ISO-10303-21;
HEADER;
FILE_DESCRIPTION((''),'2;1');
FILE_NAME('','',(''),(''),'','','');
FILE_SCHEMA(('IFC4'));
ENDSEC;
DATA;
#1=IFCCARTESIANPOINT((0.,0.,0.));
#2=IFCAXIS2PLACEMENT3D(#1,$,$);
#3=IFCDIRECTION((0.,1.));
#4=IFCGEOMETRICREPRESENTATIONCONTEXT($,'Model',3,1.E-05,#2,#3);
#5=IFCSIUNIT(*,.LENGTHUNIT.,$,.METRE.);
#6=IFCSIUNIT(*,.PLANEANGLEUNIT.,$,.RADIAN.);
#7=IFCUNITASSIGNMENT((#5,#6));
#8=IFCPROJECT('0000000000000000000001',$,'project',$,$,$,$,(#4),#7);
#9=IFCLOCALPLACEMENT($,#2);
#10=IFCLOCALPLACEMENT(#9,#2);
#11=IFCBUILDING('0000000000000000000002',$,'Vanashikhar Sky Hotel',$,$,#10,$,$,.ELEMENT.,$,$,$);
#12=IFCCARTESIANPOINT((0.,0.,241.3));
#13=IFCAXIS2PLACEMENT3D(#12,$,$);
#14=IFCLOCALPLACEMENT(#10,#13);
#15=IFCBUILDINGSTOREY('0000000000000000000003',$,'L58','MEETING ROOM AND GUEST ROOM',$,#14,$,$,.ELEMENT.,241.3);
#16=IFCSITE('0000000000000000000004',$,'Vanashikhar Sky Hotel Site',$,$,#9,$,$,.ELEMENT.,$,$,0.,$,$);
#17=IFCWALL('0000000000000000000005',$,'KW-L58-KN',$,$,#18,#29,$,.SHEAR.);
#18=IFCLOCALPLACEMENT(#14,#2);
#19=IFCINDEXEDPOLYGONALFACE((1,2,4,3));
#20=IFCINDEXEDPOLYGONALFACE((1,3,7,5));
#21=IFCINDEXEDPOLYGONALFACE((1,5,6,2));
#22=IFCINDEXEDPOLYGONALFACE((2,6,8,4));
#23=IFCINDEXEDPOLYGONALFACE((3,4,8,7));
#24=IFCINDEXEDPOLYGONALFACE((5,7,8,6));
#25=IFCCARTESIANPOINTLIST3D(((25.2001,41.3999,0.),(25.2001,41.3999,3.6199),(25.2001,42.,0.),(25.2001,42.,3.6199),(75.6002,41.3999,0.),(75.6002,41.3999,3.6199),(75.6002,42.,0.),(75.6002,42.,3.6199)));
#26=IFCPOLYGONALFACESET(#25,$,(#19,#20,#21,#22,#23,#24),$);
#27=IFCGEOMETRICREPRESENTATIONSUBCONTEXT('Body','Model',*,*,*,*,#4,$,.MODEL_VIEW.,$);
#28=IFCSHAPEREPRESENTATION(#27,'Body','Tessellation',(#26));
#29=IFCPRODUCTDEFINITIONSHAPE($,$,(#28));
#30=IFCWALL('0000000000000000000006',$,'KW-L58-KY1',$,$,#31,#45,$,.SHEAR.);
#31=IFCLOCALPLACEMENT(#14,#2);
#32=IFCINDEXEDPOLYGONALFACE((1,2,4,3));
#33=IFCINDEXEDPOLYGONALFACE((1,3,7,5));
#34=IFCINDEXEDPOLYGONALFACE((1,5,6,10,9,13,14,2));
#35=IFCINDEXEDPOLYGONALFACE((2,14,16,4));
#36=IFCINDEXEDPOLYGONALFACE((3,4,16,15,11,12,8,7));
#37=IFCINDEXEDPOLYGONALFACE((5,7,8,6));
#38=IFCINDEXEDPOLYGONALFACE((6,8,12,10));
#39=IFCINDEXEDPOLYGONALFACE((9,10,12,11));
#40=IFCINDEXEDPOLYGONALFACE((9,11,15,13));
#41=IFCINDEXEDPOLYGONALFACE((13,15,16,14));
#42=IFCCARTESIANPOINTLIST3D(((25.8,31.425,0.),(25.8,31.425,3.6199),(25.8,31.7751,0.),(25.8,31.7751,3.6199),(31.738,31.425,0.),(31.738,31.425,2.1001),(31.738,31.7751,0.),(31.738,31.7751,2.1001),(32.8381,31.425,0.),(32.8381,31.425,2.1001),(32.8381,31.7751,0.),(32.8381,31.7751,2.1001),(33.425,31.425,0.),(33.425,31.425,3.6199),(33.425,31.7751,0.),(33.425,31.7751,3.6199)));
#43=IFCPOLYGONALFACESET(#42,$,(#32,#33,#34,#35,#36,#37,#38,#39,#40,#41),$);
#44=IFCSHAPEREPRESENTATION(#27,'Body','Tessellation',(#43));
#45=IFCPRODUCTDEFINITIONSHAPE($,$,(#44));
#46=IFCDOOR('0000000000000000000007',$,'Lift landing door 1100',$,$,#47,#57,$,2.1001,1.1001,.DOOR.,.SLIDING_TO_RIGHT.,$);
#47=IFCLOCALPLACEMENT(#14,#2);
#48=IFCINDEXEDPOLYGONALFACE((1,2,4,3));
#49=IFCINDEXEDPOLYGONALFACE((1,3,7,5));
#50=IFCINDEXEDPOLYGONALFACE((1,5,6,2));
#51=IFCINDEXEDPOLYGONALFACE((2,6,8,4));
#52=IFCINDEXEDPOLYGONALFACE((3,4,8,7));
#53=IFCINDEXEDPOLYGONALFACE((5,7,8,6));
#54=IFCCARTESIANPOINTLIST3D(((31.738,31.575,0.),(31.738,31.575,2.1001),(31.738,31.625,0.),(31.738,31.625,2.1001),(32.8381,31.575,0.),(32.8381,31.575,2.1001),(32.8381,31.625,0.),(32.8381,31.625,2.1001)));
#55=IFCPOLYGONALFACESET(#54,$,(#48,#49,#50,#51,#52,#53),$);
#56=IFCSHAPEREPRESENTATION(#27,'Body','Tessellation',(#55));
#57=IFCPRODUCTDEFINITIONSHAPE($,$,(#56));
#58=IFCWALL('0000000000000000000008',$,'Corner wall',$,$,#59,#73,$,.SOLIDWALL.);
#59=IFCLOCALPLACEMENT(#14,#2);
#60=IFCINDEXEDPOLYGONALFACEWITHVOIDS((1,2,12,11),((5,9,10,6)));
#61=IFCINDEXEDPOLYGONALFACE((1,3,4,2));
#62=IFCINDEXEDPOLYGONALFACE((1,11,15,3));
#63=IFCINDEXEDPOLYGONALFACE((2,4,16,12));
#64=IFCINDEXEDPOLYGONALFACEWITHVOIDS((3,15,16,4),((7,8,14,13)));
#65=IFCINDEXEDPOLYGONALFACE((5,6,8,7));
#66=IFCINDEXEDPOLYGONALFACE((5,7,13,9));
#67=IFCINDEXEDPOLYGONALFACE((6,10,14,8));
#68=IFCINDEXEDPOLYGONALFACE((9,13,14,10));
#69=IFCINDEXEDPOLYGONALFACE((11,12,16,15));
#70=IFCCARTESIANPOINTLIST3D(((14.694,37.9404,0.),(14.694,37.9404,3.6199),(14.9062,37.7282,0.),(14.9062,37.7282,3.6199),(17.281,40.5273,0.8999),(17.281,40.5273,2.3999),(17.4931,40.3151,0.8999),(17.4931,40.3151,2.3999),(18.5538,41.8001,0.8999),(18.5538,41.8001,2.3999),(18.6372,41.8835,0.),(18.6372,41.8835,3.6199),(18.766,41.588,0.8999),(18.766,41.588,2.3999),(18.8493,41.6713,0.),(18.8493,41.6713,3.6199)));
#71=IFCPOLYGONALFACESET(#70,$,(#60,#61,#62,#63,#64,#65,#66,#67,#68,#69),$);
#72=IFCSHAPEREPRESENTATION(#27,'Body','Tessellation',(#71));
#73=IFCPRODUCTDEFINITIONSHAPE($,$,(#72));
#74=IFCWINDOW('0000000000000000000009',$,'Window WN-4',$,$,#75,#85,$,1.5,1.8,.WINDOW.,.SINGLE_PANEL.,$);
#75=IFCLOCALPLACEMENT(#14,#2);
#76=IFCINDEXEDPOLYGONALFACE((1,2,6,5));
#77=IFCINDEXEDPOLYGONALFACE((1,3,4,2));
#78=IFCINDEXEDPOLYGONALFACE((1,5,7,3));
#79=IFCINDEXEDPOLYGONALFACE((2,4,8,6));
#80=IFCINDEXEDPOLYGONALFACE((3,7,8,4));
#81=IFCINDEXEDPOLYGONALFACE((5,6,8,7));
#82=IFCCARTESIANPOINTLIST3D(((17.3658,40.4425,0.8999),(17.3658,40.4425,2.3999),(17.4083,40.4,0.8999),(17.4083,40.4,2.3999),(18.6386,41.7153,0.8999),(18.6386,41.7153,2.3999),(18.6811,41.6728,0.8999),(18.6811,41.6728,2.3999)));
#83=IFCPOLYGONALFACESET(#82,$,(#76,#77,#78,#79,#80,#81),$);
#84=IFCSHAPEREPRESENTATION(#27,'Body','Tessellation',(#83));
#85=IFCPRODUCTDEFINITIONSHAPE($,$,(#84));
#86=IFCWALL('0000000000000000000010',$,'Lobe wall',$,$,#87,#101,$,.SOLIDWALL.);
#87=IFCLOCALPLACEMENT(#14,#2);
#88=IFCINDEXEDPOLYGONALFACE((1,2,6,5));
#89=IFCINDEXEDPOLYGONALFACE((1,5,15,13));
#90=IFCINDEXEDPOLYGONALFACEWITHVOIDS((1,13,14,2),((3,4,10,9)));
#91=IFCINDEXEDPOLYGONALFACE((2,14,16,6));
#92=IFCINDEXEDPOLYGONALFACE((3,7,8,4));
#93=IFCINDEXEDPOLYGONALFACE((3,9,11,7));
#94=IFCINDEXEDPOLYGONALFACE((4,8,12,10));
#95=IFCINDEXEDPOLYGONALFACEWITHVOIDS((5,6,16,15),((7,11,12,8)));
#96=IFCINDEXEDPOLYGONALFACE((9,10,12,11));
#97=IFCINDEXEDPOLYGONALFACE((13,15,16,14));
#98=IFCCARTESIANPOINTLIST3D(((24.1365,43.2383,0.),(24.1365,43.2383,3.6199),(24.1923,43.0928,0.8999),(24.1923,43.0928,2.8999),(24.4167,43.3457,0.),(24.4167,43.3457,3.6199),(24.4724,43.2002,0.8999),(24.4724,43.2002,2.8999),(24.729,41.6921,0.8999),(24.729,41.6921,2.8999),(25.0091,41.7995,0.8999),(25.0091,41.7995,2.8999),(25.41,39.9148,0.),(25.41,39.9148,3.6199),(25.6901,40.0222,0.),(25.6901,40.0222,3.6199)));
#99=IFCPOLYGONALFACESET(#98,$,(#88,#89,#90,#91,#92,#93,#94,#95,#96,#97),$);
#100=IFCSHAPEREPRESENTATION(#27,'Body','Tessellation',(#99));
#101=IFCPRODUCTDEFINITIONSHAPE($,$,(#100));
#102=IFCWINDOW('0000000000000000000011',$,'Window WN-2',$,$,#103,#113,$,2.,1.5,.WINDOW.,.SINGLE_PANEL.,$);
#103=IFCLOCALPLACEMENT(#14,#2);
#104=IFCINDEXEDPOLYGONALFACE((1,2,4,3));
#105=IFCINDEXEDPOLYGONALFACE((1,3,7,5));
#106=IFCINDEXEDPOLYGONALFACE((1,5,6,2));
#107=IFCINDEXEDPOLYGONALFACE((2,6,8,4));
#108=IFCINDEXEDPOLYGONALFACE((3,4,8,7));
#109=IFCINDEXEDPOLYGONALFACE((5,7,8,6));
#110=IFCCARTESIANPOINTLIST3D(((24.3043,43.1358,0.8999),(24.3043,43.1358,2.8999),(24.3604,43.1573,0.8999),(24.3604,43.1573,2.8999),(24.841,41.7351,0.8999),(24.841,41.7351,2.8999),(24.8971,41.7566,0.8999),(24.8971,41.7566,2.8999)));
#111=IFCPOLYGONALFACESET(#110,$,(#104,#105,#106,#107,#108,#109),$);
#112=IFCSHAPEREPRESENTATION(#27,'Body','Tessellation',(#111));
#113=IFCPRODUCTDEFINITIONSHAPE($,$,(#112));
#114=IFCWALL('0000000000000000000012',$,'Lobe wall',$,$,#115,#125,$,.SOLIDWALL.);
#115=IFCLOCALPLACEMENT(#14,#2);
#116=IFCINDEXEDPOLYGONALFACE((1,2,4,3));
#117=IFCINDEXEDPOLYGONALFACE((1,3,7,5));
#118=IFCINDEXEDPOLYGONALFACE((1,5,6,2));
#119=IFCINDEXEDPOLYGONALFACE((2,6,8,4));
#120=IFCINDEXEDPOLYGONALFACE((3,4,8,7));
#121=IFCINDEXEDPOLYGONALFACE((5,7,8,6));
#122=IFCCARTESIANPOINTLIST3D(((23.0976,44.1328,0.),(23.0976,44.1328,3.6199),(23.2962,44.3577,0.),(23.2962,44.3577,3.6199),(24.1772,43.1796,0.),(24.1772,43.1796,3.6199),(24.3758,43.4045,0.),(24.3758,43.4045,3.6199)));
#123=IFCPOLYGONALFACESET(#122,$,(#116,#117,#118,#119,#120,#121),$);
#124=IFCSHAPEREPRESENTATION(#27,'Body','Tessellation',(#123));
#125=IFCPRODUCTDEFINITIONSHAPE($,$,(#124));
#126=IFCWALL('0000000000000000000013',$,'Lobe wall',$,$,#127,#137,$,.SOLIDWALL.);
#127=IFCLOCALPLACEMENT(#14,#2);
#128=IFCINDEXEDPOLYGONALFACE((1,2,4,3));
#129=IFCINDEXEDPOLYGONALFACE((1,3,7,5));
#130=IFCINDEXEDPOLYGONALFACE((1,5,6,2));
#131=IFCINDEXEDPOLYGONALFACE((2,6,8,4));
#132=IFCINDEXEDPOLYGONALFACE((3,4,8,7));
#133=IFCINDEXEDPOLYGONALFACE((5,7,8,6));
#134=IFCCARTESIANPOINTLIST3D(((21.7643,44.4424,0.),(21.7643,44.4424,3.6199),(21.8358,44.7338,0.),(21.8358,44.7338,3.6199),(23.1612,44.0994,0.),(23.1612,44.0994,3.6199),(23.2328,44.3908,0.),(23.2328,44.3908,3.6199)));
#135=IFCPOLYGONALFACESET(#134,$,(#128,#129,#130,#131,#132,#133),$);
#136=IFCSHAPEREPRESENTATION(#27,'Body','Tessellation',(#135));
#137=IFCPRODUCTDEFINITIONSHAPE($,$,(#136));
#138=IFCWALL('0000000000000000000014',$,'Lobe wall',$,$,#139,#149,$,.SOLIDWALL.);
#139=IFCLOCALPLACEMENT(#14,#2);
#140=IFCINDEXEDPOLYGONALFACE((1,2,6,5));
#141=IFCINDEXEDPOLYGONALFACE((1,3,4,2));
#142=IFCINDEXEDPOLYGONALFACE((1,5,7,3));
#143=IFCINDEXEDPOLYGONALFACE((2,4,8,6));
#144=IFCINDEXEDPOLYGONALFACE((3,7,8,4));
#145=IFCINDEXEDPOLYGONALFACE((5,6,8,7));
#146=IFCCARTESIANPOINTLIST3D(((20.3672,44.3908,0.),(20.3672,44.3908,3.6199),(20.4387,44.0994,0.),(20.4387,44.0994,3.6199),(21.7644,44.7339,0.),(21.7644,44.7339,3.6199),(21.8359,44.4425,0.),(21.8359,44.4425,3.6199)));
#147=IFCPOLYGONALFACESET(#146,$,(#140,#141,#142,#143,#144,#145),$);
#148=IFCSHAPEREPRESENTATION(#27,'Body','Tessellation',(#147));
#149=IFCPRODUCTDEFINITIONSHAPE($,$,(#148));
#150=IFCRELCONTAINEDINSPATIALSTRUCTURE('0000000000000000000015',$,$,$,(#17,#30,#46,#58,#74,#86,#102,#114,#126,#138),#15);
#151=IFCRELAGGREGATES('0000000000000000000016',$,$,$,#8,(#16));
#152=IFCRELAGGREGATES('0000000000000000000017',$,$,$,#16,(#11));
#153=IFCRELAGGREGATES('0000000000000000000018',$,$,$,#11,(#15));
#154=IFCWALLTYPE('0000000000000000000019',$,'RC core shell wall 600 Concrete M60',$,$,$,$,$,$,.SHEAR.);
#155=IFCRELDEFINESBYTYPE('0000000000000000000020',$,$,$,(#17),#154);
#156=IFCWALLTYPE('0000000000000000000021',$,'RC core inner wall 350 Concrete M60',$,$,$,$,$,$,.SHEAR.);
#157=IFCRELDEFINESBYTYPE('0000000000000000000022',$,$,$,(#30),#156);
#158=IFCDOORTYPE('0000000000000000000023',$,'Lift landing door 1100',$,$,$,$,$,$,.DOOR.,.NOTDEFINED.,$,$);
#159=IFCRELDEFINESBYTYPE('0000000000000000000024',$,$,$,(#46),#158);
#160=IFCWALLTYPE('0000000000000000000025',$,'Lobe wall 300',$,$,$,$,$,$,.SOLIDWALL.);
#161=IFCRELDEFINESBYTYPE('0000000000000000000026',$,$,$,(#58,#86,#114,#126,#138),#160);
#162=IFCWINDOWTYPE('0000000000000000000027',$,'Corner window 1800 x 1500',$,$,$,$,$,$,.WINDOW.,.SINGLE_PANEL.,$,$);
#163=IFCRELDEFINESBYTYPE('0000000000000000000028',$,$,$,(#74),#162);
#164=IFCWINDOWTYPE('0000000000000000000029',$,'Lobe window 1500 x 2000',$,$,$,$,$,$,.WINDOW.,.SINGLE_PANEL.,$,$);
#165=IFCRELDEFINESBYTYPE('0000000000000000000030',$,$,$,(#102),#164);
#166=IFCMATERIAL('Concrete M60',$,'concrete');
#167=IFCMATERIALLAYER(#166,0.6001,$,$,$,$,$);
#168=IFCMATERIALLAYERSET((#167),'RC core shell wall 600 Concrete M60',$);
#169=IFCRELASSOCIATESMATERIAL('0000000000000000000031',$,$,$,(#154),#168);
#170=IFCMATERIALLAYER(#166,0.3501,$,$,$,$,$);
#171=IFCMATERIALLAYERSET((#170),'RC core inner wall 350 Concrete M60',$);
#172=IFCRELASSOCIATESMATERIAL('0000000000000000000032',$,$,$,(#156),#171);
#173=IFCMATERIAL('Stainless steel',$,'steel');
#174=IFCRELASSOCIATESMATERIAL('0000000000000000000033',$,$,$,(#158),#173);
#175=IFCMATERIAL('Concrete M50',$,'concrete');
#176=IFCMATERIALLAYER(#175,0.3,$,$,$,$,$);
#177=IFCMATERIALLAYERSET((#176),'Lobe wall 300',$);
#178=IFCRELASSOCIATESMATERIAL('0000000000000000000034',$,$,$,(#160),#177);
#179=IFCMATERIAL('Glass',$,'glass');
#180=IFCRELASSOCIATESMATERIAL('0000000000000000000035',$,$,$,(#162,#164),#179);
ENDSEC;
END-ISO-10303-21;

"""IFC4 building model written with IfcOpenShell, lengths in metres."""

from ifc_helpers import new_model, si_unit, direction, frame, frame_2d, origin, place, context, subcontext, project, spatial, rectangle, extrude, source, transform, mapped, material, layer, layer_set, type_object, element, fill, save


model = new_model("IFC4")

# Units and contexts
model_context = context("Model", 3, precision=1e-05, world=origin(), true_north=direction((0.0, 1.0)))
body_context = subcontext(model_context, "Body", "Model", "MODEL_VIEW")
ifc_project = project(units=[si_unit("LENGTHUNIT", "METRE"), si_unit("PLANEANGLEUNIT", "RADIAN")], contexts=[model_context])

# Site, building, storey
site_placement = place(None, origin())
site = spatial("IfcSite", under=ifc_project, at=site_placement, Name="Vanashikhar Sky Hotel Site", CompositionType="ELEMENT", RefElevation=0.0)
building_placement = place(site_placement, origin())
building = spatial("IfcBuilding", under=site, at=building_placement, Name="Vanashikhar Sky Hotel", CompositionType="ELEMENT")
storey_placement = place(building_placement, frame((0.0, 0.0, 241.3)))
storey = spatial("IfcBuildingStorey", under=building, at=storey_placement, Name="L58", Description="MEETING ROOM AND GUEST ROOM", CompositionType="ELEMENT", Elevation=241.3)

# Wall
ifc_material_1 = material(Name="Concrete M60", Category="concrete")
ifc_layer_1 = layer(ifc_material_1, 0.6001)
ifc_layer_set_1 = layer_set([ifc_layer_1], Name="RC core shell wall 600 Concrete M60")
wall_type_1 = type_object("IfcWallType", Name="RC core shell wall 600 Concrete M60", PredefinedType="SHEAR", material=ifc_layer_set_1)
shared_shape_1 = source(origin(), body_context, "Body", "SweptSolid", [
    extrude(rectangle(XDim=50.4001, YDim=0.6001, at=frame_2d((25.2002, 0.0))), origin(), (0.0, 0.0, 1.0), 3.6199),
])
wall_1_placement = place(storey_placement, frame((25.2, 41.7, 0.0), z_axis=(0.0, 0.0, 1.0), x_axis=(1.0, 0.0, 0.0)))
element("IfcWall", 1, at=wall_1_placement, inside=storey, type_object=wall_type_1, Name="KW-L58-KN", PredefinedType="SHEAR", context=body_context, shape_type="MappedRepresentation", body=[
    mapped(shared_shape_1, transform((0.0, 0.0, 0.0), scale=1.0)),
])

# Wall, opening, door
ifc_layer_2 = layer(ifc_material_1, 0.3501)
ifc_layer_set_2 = layer_set([ifc_layer_2], Name="RC core inner wall 350 Concrete M60")
wall_type_2 = type_object("IfcWallType", Name="RC core inner wall 350 Concrete M60", PredefinedType="SHEAR", material=ifc_layer_set_2)
shared_shape_2 = source(origin(), body_context, "Body", "SweptSolid", [
    extrude(rectangle(XDim=7.625, YDim=0.3501, at=frame_2d((3.8125, 0.0))), origin(), (0.0, 0.0, 1.0), 3.6199),
])
wall_2_placement = place(storey_placement, frame((25.8, 31.6001, 0.0), z_axis=(0.0, 0.0, 1.0), x_axis=(1.0, 0.0, 0.0)))
wall_2 = element("IfcWall", 2, at=wall_2_placement, inside=storey, type_object=wall_type_2, Name="KW-L58-KY1", PredefinedType="SHEAR", context=body_context, shape_type="MappedRepresentation", body=[
    mapped(shared_shape_2, transform((0.0, 0.0, 0.0), scale=1.0)),
])
shared_shape_3 = source(origin(), body_context, "Body", "SweptSolid", [
    extrude(rectangle(XDim=1.1001, YDim=2.1001, at=frame_2d((0.55, 1.05))), frame((0.0, 0.1851, 0.0), z_axis=(0.0, -1.0, 0.0), x_axis=(1.0, 0.0, 0.0)), (0.0, 0.0, 1.0), 0.3701),
])
opening_1_placement = place(wall_2_placement, frame((5.938, 0.0, 0.0)))
opening_1 = element("IfcOpeningElement", 3, at=opening_1_placement, cuts=wall_2, PredefinedType="OPENING", context=body_context, shape_type="MappedRepresentation", body=[
    mapped(shared_shape_3, transform((0.0, 0.0, 0.0), scale=1.0)),
])
ifc_material_2 = material(Name="Stainless steel", Category="steel")
door_type_1 = type_object("IfcDoorType", Name="Lift landing door 1100", OperationType="NOTDEFINED", PredefinedType="DOOR", material=ifc_material_2)
shared_shape_4 = source(origin(), body_context, "Body", "SweptSolid", [
    extrude(rectangle(XDim=1.1001, YDim=2.1001, at=frame_2d((0.55, 1.05))), frame((0.0, 0.0249, 0.0), z_axis=(0.0, -1.0, 0.0), x_axis=(1.0, 0.0, 0.0)), (0.0, 0.0, 1.0), 0.05),
])
door_1_placement = place(opening_1_placement, origin())
door_1 = element("IfcDoor", 4, at=door_1_placement, inside=storey, type_object=door_type_1, Name="Lift landing door 1100", OperationType="SLIDING_TO_RIGHT", OverallHeight=2.1001, OverallWidth=1.1001, PredefinedType="DOOR", context=body_context, shape_type="MappedRepresentation", body=[
    mapped(shared_shape_4, transform((0.0, 0.0, 0.0), scale=1.0)),
])
fill(opening_1, door_1)

# Walls, openings, windows
ifc_material_3 = material(Name="Concrete M50", Category="concrete")
ifc_layer_3 = layer(ifc_material_3, 0.3)
ifc_layer_set_3 = layer_set([ifc_layer_3], Name="Lobe wall 300")
wall_type_3 = type_object("IfcWallType", Name="Lobe wall 300", PredefinedType="SOLIDWALL", material=ifc_layer_set_3)
shared_shape_5 = source(origin(), body_context, "Body", "SweptSolid", [
    extrude(rectangle(XDim=5.5764, YDim=0.3, at=frame_2d((2.7881, 0.0))), origin(), (0.0, 0.0, 1.0), 3.6199),
])
wall_3_placement = place(storey_placement, frame((18.7432, 41.7773, 0.0), z_axis=(0.0, 0.0, 1.0), x_axis=(-0.707107, -0.707107, 0.0)))
wall_3 = element("IfcWall", 5, at=wall_3_placement, inside=storey, type_object=wall_type_3, Name="Corner wall", PredefinedType="SOLIDWALL", context=body_context, shape_type="MappedRepresentation", body=[
    mapped(shared_shape_5, transform((0.0, 0.0, 0.0), scale=1.0)),
])
shared_shape_6 = source(origin(), body_context, "Body", "SweptSolid", [
    extrude(rectangle(XDim=1.8, YDim=1.5, at=frame_2d((0.8999, 0.75))), frame((0.0, 0.1602, 0.0), z_axis=(0.0, -1.0, 0.0), x_axis=(1.0, 0.0, 0.0)), (0.0, 0.0, 1.0), 0.3201),
])
opening_2_placement = place(wall_3_placement, frame((0.1179, 0.0, 0.8999)))
opening_2 = element("IfcOpeningElement", 6, at=opening_2_placement, cuts=wall_3, PredefinedType="OPENING", context=body_context, shape_type="MappedRepresentation", body=[
    mapped(shared_shape_6, transform((0.0, 0.0, 0.0), scale=1.0)),
])
ifc_material_4 = material(Name="Glass", Category="glass")
window_type_1 = type_object("IfcWindowType", Name="Corner window 1800 x 1500", PartitioningType="SINGLE_PANEL", PredefinedType="WINDOW", material=ifc_material_4)
shared_shape_7 = source(origin(), body_context, "Body", "SweptSolid", [
    extrude(rectangle(XDim=1.8, YDim=1.5, at=frame_2d((0.8999, 0.75))), frame((0.0, 0.03, 0.0), z_axis=(0.0, -1.0, 0.0), x_axis=(1.0, 0.0, 0.0)), (0.0, 0.0, 1.0), 0.0601),
])
window_1_placement = place(opening_2_placement, origin())
window_1 = element("IfcWindow", 7, at=window_1_placement, inside=storey, type_object=window_type_1, Name="Window WN-4", OverallHeight=1.5, OverallWidth=1.8, PartitioningType="SINGLE_PANEL", PredefinedType="WINDOW", context=body_context, shape_type="MappedRepresentation", body=[
    mapped(shared_shape_7, transform((0.0, 0.0, 0.0), scale=1.0)),
])
fill(opening_2, window_1)
shared_shape_8 = source(origin(), body_context, "Body", "SweptSolid", [
    extrude(rectangle(XDim=3.5591, YDim=0.3, at=frame_2d((1.7795, 0.0))), origin(), (0.0, 0.0, 1.0), 3.6199),
])
wall_4_placement = place(storey_placement, frame((25.55, 39.9685, 0.0), z_axis=(0.0, 0.0, 1.0), x_axis=(-0.357797, 0.933799, 0.0)))
wall_4 = element("IfcWall", 8, at=wall_4_placement, inside=storey, type_object=wall_type_3, Name="Lobe wall", PredefinedType="SOLIDWALL", context=body_context, shape_type="MappedRepresentation", body=[
    mapped(shared_shape_8, transform((0.0, 0.0, 0.0), scale=1.0)),
])
shared_shape_9 = source(origin(), body_context, "Body", "SweptSolid", [
    extrude(rectangle(XDim=1.5, YDim=2.0, at=frame_2d((0.75, 1.0))), frame((0.0, 0.1602, 0.0), z_axis=(0.0, -1.0, 0.0), x_axis=(1.0, 0.0, 0.0)), (0.0, 0.0, 1.0), 0.3201),
])
opening_3_placement = place(wall_4_placement, frame((1.9033, 0.0, 0.8999)))
opening_3 = element("IfcOpeningElement", 9, at=opening_3_placement, cuts=wall_4, PredefinedType="OPENING", context=body_context, shape_type="MappedRepresentation", body=[
    mapped(shared_shape_9, transform((0.0, 0.0, 0.0), scale=1.0)),
])
window_type_2 = type_object("IfcWindowType", Name="Lobe window 1500 x 2000", PartitioningType="SINGLE_PANEL", PredefinedType="WINDOW", material=ifc_material_4)
shared_shape_10 = source(origin(), body_context, "Body", "SweptSolid", [
    extrude(rectangle(XDim=1.5, YDim=2.0, at=frame_2d((0.75, 1.0))), frame((0.0, 0.03, 0.0), z_axis=(0.0, -1.0, 0.0), x_axis=(1.0, 0.0, 0.0)), (0.0, 0.0, 1.0), 0.0601),
])
window_2_placement = place(opening_3_placement, origin())
window_2 = element("IfcWindow", 10, at=window_2_placement, inside=storey, type_object=window_type_2, Name="Window WN-2", OverallHeight=2.0, OverallWidth=1.5, PartitioningType="SINGLE_PANEL", PredefinedType="WINDOW", context=body_context, shape_type="MappedRepresentation", body=[
    mapped(shared_shape_10, transform((0.0, 0.0, 0.0), scale=1.0)),
])
fill(opening_3, window_2)

# Walls
shared_shape_11 = source(origin(), body_context, "Body", "SweptSolid", [
    extrude(rectangle(XDim=1.4402, YDim=0.3, at=frame_2d((0.7202, 0.0))), origin(), (0.0, 0.0, 1.0), 3.6199),
])
wall_5_placement = place(storey_placement, frame((24.2766, 43.292, 0.0), z_axis=(0.0, 0.0, 1.0), x_axis=(-0.74965, 0.661835, 0.0)))
element("IfcWall", 11, at=wall_5_placement, inside=storey, type_object=wall_type_3, Name="Lobe wall", PredefinedType="SOLIDWALL", context=body_context, shape_type="MappedRepresentation", body=[
    mapped(shared_shape_11, transform((0.0, 0.0, 0.0), scale=1.0)),
])
shared_shape_12 = source(origin(), body_context, "Body", "SweptSolid", [
    extrude(rectangle(XDim=1.4385, YDim=0.3, at=frame_2d((0.7192, 0.0))), origin(), (0.0, 0.0, 1.0), 3.6199),
])
wall_6_placement = place(storey_placement, frame((23.197, 44.2451, 0.0), z_axis=(0.0, 0.0, 1.0), x_axis=(-0.971152, 0.23846, 0.0)))
element("IfcWall", 12, at=wall_6_placement, inside=storey, type_object=wall_type_3, Name="Lobe wall", PredefinedType="SOLIDWALL", context=body_context, shape_type="MappedRepresentation", body=[
    mapped(shared_shape_12, transform((0.0, 0.0, 0.0), scale=1.0)),
])
shared_shape_13 = source(origin(), body_context, "Body", "SweptSolid", [
    extrude(rectangle(XDim=1.4387, YDim=0.3, at=frame_2d((0.7192, 0.0))), origin(), (0.0, 0.0, 1.0), 3.6199),
])
wall_7_placement = place(storey_placement, frame((21.8, 44.5881, 0.0), z_axis=(0.0, 0.0, 1.0), x_axis=(-0.971162, -0.238421, 0.0)))
element("IfcWall", 13, at=wall_7_placement, inside=storey, type_object=wall_type_3, Name="Lobe wall", PredefinedType="SOLIDWALL", context=body_context, shape_type="MappedRepresentation", body=[
    mapped(shared_shape_13, transform((0.0, 0.0, 0.0), scale=1.0)),
])

save(model, "model.ifc")
